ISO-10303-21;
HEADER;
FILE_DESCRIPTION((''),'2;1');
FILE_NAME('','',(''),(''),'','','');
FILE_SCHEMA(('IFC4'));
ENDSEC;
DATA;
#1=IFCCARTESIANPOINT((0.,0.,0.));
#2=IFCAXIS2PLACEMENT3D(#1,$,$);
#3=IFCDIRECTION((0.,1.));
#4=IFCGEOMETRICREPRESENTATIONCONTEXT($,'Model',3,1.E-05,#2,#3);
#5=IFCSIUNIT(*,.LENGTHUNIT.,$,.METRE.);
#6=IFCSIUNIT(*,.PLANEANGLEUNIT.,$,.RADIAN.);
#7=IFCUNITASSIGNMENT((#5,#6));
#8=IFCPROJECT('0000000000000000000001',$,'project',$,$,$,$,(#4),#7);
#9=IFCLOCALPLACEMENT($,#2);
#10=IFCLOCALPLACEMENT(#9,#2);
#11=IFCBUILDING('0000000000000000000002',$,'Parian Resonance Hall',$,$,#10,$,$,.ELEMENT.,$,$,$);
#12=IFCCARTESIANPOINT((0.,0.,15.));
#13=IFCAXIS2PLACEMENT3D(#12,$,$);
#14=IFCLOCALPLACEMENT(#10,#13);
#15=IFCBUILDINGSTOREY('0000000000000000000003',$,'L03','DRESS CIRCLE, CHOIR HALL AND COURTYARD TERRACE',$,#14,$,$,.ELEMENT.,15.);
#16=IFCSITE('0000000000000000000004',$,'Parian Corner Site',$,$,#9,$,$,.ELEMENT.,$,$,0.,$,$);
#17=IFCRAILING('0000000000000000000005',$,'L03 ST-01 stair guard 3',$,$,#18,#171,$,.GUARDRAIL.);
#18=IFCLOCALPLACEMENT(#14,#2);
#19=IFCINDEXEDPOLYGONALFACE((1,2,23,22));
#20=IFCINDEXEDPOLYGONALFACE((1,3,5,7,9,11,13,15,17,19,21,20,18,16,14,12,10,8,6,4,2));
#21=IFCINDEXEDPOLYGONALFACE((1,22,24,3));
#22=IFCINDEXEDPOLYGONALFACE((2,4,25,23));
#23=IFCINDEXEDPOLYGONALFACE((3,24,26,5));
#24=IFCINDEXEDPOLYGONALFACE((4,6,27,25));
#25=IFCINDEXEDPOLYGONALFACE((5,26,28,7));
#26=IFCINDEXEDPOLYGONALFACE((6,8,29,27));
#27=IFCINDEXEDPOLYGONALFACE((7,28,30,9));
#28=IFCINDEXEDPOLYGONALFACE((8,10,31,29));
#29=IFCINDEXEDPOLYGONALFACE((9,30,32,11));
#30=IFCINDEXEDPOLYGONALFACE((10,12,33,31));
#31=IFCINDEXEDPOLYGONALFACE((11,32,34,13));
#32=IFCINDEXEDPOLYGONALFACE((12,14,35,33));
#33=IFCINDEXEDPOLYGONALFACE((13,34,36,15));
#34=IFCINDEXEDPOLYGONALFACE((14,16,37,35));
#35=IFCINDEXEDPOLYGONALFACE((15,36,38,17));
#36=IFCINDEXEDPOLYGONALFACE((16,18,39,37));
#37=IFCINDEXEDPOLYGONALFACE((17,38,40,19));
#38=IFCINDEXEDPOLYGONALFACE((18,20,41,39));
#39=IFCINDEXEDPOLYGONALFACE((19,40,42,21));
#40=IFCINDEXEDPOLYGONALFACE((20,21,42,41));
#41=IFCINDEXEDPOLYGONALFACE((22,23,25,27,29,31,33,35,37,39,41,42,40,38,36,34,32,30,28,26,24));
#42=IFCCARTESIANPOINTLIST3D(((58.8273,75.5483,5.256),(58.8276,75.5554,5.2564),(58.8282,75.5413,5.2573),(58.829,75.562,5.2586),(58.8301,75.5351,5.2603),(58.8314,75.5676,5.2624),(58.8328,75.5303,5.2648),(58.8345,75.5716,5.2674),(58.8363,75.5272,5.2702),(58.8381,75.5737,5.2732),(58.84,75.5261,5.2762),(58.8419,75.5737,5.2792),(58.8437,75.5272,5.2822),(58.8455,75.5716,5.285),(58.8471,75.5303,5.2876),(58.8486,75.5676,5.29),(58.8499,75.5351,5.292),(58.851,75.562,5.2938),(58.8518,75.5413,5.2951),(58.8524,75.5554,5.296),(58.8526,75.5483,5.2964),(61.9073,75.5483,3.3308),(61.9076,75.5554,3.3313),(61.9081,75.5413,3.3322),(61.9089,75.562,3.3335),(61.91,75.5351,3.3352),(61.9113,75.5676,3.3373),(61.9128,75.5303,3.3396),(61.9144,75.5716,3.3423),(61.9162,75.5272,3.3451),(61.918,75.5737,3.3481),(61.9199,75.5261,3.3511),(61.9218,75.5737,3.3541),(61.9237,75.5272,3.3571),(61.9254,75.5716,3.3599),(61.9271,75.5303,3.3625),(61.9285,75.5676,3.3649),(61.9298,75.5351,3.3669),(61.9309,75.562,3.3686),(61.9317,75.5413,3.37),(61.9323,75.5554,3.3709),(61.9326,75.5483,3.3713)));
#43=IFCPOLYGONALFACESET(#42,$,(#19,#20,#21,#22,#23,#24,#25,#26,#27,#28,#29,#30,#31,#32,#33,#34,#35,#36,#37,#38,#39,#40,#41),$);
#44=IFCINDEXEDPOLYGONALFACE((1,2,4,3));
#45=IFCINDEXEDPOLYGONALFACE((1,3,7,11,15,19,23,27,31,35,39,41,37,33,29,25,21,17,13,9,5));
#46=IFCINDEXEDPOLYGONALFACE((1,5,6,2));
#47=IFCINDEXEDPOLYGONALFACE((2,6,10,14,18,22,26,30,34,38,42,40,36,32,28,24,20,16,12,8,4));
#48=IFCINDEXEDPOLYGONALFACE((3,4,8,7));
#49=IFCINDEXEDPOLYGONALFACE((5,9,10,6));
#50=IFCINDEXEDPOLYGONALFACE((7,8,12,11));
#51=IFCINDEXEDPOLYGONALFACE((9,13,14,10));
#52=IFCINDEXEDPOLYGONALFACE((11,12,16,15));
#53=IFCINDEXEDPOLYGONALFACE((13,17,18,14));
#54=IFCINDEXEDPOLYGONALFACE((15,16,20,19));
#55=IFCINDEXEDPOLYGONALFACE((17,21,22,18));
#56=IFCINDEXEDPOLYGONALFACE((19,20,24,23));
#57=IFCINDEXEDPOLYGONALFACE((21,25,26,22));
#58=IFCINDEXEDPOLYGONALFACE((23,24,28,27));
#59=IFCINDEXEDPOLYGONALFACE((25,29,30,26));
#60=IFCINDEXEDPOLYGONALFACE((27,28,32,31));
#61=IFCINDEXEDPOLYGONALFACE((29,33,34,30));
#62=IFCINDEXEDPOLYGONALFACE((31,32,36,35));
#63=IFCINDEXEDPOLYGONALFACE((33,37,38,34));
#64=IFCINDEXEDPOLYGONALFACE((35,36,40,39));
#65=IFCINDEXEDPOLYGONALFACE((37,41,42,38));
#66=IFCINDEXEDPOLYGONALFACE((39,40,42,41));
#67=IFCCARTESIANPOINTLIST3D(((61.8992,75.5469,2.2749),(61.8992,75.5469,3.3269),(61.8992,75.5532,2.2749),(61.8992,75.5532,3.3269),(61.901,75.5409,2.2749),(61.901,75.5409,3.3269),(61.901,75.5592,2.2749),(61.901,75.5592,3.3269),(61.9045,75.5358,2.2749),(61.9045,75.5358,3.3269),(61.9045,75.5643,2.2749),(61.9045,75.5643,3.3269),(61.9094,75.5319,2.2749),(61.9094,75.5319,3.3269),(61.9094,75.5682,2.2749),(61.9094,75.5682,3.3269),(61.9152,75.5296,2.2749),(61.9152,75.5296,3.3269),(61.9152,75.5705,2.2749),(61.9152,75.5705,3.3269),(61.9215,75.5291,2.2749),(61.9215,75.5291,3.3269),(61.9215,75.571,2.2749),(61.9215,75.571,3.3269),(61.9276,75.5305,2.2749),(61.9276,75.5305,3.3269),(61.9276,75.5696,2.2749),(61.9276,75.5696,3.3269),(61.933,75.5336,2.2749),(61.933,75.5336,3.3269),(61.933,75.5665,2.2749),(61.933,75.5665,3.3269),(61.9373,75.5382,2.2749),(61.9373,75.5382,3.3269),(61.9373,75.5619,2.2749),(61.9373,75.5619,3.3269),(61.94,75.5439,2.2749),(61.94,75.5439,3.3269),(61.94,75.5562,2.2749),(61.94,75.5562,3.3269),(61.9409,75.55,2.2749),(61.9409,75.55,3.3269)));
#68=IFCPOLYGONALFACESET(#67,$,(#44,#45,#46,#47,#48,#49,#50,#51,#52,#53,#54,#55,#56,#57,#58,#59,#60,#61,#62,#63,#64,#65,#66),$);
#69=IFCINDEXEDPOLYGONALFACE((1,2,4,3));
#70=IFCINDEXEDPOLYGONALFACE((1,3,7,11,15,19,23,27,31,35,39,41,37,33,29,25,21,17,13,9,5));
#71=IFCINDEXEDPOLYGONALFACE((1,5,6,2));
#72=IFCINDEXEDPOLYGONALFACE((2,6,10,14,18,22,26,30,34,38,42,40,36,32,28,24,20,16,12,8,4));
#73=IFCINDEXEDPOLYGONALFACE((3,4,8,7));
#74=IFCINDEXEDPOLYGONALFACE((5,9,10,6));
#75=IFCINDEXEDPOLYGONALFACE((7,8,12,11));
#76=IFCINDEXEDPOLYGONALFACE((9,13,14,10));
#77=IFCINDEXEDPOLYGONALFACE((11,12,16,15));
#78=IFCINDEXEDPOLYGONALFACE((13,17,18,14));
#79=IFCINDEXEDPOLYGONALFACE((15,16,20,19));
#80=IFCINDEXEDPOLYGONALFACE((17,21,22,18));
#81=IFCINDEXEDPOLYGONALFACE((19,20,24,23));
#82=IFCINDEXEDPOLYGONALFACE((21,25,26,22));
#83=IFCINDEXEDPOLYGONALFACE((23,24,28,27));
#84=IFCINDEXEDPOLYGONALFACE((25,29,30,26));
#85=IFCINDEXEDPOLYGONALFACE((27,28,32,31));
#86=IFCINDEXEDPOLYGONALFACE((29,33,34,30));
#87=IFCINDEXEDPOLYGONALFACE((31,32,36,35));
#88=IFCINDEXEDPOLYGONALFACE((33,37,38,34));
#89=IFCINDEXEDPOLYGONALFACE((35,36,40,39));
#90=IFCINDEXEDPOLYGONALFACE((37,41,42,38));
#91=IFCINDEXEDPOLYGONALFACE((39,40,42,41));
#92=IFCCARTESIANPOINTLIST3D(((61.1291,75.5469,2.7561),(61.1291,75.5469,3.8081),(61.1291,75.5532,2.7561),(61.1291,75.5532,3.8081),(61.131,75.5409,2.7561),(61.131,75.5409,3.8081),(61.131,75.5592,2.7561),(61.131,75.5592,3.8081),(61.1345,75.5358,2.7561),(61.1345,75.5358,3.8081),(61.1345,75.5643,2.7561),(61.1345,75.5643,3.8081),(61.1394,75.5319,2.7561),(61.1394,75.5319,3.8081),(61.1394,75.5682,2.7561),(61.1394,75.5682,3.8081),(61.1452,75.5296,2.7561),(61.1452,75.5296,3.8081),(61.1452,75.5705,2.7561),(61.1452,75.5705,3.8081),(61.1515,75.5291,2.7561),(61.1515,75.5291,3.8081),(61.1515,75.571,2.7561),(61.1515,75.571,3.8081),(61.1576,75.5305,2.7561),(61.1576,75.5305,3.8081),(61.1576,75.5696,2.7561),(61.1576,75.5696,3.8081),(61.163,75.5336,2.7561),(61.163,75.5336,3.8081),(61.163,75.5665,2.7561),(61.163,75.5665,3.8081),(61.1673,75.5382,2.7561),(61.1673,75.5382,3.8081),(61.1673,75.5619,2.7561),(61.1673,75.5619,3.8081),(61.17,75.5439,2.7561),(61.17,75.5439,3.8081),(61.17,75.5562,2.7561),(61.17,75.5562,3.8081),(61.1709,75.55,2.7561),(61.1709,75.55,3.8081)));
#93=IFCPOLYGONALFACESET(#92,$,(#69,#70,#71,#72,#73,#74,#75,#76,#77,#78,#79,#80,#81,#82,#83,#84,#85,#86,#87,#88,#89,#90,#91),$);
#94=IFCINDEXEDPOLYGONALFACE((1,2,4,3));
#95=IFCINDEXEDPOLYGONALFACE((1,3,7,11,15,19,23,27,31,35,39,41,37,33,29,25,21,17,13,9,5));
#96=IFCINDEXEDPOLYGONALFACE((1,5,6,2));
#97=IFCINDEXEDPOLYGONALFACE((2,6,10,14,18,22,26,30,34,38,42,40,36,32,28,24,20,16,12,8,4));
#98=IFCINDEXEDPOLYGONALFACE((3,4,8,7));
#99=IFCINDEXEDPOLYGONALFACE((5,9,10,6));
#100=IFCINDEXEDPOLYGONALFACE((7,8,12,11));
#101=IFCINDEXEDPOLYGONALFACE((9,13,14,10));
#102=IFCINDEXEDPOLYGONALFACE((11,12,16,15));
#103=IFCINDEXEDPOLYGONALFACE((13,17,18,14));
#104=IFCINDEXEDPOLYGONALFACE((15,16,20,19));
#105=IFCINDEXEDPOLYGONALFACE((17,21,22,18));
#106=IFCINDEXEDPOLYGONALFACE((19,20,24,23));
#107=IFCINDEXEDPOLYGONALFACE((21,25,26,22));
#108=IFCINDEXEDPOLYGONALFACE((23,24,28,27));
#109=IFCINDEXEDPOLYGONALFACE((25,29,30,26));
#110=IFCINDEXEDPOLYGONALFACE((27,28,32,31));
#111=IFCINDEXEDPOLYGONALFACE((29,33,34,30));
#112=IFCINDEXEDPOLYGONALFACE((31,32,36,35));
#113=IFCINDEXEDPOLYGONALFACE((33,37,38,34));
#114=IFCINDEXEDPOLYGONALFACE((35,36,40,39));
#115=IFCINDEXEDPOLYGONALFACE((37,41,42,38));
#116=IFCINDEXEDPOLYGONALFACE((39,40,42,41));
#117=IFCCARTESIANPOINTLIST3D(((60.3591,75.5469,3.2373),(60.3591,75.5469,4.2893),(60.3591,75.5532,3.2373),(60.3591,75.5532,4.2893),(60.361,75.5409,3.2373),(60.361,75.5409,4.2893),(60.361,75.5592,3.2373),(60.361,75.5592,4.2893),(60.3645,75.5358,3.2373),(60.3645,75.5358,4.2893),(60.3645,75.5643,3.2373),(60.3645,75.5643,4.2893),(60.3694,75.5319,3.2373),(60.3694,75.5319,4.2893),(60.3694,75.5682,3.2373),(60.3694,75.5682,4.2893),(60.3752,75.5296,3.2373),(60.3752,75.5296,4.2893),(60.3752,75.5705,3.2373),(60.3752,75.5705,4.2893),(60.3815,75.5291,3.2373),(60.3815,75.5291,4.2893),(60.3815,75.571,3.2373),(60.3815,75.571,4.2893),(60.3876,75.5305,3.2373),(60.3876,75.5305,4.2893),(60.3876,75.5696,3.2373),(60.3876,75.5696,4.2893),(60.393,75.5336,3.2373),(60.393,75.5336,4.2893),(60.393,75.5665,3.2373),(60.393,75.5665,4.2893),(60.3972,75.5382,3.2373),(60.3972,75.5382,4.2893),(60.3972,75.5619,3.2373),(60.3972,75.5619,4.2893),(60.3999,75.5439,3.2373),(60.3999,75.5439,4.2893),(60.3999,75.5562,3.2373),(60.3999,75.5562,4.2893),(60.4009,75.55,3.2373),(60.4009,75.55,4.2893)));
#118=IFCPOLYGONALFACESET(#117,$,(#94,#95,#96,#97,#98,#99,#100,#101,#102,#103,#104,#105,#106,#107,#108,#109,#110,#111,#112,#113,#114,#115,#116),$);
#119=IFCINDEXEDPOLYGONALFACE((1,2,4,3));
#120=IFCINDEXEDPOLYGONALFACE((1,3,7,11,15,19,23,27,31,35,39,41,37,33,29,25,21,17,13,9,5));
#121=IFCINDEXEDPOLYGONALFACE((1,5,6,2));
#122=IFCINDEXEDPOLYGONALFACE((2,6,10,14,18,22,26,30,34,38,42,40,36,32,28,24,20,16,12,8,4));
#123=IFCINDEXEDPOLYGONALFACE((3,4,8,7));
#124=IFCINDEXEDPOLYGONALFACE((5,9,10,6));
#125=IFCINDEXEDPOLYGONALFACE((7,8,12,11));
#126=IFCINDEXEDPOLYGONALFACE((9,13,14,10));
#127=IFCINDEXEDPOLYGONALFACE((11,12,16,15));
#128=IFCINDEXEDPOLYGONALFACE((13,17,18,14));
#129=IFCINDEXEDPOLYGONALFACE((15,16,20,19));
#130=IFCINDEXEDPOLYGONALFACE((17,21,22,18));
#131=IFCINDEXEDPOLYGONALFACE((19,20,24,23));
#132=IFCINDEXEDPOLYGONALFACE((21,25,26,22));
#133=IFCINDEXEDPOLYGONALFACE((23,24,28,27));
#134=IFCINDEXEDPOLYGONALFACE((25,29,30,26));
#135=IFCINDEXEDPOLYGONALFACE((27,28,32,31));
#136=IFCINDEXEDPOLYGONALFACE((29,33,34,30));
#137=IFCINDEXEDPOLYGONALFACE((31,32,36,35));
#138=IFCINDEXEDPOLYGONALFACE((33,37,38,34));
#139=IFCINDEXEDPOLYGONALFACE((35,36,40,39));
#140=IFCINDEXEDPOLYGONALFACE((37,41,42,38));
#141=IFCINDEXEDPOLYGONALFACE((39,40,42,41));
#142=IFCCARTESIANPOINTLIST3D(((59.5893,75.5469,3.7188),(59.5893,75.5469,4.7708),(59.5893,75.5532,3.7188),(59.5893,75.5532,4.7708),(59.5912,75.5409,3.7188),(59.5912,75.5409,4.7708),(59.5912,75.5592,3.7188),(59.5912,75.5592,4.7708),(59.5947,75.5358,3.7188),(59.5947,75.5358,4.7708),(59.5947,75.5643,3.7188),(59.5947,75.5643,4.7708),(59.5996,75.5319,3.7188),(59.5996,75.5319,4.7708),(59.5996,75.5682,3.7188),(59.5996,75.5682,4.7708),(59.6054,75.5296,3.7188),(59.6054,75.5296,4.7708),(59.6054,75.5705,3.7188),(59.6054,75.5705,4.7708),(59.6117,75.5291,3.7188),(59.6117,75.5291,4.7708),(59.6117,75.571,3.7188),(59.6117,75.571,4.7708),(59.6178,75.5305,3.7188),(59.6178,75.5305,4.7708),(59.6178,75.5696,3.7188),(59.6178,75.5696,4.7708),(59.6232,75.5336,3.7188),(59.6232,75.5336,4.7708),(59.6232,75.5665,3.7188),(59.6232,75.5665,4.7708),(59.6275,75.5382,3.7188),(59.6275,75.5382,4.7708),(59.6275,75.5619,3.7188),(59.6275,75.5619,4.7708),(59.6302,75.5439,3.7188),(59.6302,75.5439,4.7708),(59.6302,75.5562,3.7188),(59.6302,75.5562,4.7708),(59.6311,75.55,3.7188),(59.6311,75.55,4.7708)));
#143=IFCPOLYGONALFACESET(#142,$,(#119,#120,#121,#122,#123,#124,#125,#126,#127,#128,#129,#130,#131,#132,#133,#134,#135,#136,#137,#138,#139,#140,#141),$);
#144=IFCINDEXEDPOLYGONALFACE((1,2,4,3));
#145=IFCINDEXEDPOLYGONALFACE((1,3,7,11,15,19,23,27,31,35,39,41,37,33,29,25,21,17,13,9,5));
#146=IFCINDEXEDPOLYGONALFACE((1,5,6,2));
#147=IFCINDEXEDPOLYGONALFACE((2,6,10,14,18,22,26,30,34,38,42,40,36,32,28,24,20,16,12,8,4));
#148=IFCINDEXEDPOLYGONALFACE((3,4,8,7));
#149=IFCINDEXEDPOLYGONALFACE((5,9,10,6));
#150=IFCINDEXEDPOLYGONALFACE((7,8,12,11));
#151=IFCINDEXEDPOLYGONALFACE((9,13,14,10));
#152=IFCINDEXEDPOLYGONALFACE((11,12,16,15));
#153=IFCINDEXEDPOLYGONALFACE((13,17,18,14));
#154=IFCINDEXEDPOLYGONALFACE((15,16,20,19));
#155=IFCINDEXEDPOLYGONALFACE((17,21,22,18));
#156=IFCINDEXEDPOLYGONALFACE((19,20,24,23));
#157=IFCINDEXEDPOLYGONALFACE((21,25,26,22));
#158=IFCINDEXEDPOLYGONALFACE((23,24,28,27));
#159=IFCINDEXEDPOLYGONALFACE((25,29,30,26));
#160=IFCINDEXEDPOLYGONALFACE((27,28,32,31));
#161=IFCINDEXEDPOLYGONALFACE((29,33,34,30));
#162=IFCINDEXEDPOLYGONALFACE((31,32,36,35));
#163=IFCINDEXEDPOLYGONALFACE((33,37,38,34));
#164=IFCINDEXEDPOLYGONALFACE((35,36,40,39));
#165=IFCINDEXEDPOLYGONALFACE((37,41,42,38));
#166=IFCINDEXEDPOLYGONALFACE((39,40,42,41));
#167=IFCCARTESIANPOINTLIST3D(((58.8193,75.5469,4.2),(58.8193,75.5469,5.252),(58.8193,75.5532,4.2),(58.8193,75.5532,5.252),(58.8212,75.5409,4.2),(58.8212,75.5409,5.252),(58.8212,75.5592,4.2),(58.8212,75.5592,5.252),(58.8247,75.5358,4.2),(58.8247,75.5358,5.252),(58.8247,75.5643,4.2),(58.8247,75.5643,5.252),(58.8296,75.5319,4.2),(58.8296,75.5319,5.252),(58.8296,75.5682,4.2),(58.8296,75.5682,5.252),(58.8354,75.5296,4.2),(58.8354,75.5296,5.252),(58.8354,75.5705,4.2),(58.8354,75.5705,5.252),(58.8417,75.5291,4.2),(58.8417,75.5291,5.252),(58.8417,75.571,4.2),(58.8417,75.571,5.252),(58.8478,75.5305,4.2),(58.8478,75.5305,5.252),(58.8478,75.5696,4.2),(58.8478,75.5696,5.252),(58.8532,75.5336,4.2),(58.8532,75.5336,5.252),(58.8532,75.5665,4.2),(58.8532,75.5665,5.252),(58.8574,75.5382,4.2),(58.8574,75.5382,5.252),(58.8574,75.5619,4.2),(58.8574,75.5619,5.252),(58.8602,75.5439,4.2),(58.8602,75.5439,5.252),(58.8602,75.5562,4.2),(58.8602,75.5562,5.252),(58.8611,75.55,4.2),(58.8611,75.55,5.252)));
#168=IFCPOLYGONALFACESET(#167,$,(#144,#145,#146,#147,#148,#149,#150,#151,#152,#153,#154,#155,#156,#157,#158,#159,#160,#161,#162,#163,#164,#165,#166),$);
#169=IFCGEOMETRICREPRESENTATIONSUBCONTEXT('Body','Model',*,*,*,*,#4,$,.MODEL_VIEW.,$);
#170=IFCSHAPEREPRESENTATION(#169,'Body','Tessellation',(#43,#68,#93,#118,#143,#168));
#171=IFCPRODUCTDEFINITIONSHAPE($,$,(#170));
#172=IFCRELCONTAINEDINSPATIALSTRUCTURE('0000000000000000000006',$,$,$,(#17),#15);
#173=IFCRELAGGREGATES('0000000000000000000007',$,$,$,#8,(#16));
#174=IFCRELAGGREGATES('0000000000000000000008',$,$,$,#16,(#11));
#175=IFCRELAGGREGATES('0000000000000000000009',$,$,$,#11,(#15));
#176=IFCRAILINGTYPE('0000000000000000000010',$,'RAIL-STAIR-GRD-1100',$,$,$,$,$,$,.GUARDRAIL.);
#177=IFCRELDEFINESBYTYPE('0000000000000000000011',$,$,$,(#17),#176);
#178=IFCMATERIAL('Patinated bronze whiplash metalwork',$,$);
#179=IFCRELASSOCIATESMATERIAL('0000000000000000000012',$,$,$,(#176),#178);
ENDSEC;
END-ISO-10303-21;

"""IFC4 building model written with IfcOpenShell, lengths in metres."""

from ifc_helpers import new_model, si_unit, direction, frame, origin, origin_2d, place, context, subcontext, project, spatial, circle, extrude, material, type_object, element, save


model = new_model("IFC4")

# Units and contexts
model_context = context("Model", 3, precision=1e-05, world=origin(), true_north=direction((0.0, 1.0)))
body_context = subcontext(model_context, "Body", "Model", "MODEL_VIEW")
ifc_project = project(units=[si_unit("LENGTHUNIT", "METRE"), si_unit("PLANEANGLEUNIT", "RADIAN")], contexts=[model_context])

# Site, building, storey
site_placement = place(None, origin())
site = spatial("IfcSite", under=ifc_project, at=site_placement, Name="Parian Corner Site", CompositionType="ELEMENT", RefElevation=0.0)
building_placement = place(site_placement, origin())
building = spatial("IfcBuilding", under=site, at=building_placement, Name="Parian Resonance Hall", CompositionType="ELEMENT")
storey_placement = place(building_placement, frame((0.0, 0.0, 15.0)))
storey = spatial("IfcBuildingStorey", under=building, at=storey_placement, Name="L03", Description="DRESS CIRCLE, CHOIR HALL AND COURTYARD TERRACE", CompositionType="ELEMENT", Elevation=15.0)

# Railing
ifc_material_1 = material(Name="Patinated bronze whiplash metalwork")
railing_type_1 = type_object("IfcRailingType", Name="RAIL-STAIR-GRD-1100", PredefinedType="GUARDRAIL", material=ifc_material_1)
railing_1_placement = place(storey_placement, frame((61.9199, 75.55, 2.2749)))
element("IfcRailing", 1, at=railing_1_placement, inside=storey, type_object=railing_type_1, Name="L03 ST-01 stair guard 3", PredefinedType="GUARDRAIL", context=body_context, shape_type="SweptSolid", body=[
    extrude(circle(Radius=0.0239, at=origin_2d()), frame((0.0, 0.0, 1.0762), z_axis=(-0.847979, 0.0, 0.530029), x_axis=(0.0, -1.0, 0.0)), (0.0, 0.0, 1.0), 3.6321),
    extrude(circle(Radius=0.021, at=origin_2d()), origin(), (0.0, 0.0, 1.0), 1.052),
    extrude(circle(Radius=0.021, at=origin_2d()), frame((-0.77, 0.0, 0.4812)), (0.0, 0.0, 1.0), 1.052),
    extrude(circle(Radius=0.021, at=origin_2d()), frame((-1.54, 0.0, 0.9624)), (0.0, 0.0, 1.0), 1.052),
    extrude(circle(Radius=0.021, at=origin_2d()), frame((-2.3098, 0.0, 1.4438)), (0.0, 0.0, 1.0), 1.052),
    extrude(circle(Radius=0.021, at=origin_2d()), frame((-3.0798, 0.0, 1.925)), (0.0, 0.0, 1.0), 1.052),
])

save(model, "model.ifc")
